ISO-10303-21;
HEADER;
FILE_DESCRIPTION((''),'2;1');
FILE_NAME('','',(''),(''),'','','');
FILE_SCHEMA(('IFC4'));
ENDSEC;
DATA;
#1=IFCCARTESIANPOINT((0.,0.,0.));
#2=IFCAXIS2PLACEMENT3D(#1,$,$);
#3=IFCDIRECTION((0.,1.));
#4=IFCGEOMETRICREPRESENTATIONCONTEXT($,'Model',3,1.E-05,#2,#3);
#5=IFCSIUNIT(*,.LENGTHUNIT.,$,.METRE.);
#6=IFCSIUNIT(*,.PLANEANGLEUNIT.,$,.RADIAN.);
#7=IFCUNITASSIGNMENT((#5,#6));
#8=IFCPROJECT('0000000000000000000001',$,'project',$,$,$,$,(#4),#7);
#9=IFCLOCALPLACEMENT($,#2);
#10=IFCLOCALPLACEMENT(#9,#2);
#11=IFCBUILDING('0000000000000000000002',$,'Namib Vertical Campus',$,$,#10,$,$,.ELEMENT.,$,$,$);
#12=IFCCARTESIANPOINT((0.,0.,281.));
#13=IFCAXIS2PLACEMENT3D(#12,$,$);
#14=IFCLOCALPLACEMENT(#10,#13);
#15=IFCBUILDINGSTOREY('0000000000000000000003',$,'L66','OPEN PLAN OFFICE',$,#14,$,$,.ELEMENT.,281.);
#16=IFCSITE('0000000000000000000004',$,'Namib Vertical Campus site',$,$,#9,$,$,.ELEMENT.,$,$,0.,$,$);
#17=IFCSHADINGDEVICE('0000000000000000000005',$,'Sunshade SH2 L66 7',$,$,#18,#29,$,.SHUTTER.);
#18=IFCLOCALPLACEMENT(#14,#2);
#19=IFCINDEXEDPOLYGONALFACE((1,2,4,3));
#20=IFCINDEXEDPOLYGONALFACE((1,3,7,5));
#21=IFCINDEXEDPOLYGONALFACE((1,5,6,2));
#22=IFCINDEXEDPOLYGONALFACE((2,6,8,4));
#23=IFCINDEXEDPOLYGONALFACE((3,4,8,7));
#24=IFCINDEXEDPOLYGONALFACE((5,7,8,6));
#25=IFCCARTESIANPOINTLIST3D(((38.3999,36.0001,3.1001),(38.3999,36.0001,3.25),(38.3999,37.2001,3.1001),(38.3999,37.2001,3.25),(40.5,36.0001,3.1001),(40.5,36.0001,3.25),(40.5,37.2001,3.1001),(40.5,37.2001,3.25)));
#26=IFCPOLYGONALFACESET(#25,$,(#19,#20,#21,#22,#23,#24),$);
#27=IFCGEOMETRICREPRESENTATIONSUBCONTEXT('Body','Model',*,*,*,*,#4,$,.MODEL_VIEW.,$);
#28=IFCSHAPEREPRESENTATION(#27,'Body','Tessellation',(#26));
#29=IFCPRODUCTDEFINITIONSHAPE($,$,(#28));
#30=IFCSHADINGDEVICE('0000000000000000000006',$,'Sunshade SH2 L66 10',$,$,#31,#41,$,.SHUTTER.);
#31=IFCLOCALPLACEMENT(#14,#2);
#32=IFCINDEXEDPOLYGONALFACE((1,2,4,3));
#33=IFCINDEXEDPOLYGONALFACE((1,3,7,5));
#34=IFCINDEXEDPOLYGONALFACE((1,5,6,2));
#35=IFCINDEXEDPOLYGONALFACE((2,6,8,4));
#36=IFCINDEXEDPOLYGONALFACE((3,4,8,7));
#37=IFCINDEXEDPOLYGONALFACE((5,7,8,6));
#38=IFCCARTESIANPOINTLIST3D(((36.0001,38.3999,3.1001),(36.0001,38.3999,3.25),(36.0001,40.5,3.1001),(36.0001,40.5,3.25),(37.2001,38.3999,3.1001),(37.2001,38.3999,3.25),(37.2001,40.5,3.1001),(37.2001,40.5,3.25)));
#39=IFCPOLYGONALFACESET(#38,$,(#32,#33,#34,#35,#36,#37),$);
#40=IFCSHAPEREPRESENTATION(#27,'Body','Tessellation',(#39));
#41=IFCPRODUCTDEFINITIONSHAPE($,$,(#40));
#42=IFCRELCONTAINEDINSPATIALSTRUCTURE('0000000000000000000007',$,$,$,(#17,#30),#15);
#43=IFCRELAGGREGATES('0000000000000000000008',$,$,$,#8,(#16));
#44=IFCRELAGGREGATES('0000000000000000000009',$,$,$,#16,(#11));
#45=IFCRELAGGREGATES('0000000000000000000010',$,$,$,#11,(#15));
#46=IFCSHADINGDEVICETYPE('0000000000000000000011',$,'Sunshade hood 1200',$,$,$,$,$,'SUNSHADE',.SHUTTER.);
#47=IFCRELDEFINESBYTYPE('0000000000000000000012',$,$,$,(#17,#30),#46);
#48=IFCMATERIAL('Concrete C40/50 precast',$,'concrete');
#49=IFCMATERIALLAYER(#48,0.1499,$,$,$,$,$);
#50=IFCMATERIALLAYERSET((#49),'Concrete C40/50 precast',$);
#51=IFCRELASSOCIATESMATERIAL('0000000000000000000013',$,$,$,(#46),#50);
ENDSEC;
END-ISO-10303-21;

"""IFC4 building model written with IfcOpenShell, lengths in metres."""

from ifc_helpers import new_model, si_unit, direction, frame, origin, origin_2d, place, context, subcontext, project, spatial, rectangle, extrude, material, layer, layer_set, type_object, element, save


model = new_model("IFC4")

# Units and contexts
model_context = context("Model", 3, precision=1e-05, world=origin(), true_north=direction((0.0, 1.0)))
body_context = subcontext(model_context, "Body", "Model", "MODEL_VIEW")
ifc_project = project(units=[si_unit("LENGTHUNIT", "METRE"), si_unit("PLANEANGLEUNIT", "RADIAN")], contexts=[model_context])

# Site, building, storey
site_placement = place(None, origin())
site = spatial("IfcSite", under=ifc_project, at=site_placement, Name="Namib Vertical Campus site", CompositionType="ELEMENT", RefElevation=0.0)
building_placement = place(site_placement, origin())
building = spatial("IfcBuilding", under=site, at=building_placement, Name="Namib Vertical Campus", CompositionType="ELEMENT")
storey_placement = place(building_placement, frame((0.0, 0.0, 281.0)))
storey = spatial("IfcBuildingStorey", under=building, at=storey_placement, Name="L66", Description="OPEN PLAN OFFICE", CompositionType="ELEMENT", Elevation=281.0)

# Shading devices
ifc_material_1 = material(Name="Concrete C40/50 precast", Category="concrete")
ifc_layer_1 = layer(ifc_material_1, 0.1499)
ifc_layer_set_1 = layer_set([ifc_layer_1], Name="Concrete C40/50 precast")
shading_device_type = type_object("IfcShadingDeviceType", Name="Sunshade hood 1200", ElementType="SUNSHADE", PredefinedType="SHUTTER", material=ifc_layer_set_1)
for number, where, z_axis, x_axis, name in (
    (1, (39.45, 36.6001, 3.1001), (0.0, 0.0, 1.0), (-1.0, 0.0, 0.0), "Sunshade SH2 L66 7"),
    (2, (36.6001, 39.45, 3.1001), (0.0, 0.0, 1.0), (0.0, 1.0, 0.0), "Sunshade SH2 L66 10"),
):
    element("IfcShadingDevice", number, at=place(storey_placement, frame(where, z_axis=z_axis, x_axis=x_axis)), inside=storey, type_object=shading_device_type, Name=name, PredefinedType="SHUTTER", context=body_context, shape_type="SweptSolid", body=[
        extrude(rectangle(XDim=2.1001, YDim=1.2, at=origin_2d()), origin(), (0.0, 0.0, 1.0), 0.1499),
    ])

save(model, "model.ifc")
